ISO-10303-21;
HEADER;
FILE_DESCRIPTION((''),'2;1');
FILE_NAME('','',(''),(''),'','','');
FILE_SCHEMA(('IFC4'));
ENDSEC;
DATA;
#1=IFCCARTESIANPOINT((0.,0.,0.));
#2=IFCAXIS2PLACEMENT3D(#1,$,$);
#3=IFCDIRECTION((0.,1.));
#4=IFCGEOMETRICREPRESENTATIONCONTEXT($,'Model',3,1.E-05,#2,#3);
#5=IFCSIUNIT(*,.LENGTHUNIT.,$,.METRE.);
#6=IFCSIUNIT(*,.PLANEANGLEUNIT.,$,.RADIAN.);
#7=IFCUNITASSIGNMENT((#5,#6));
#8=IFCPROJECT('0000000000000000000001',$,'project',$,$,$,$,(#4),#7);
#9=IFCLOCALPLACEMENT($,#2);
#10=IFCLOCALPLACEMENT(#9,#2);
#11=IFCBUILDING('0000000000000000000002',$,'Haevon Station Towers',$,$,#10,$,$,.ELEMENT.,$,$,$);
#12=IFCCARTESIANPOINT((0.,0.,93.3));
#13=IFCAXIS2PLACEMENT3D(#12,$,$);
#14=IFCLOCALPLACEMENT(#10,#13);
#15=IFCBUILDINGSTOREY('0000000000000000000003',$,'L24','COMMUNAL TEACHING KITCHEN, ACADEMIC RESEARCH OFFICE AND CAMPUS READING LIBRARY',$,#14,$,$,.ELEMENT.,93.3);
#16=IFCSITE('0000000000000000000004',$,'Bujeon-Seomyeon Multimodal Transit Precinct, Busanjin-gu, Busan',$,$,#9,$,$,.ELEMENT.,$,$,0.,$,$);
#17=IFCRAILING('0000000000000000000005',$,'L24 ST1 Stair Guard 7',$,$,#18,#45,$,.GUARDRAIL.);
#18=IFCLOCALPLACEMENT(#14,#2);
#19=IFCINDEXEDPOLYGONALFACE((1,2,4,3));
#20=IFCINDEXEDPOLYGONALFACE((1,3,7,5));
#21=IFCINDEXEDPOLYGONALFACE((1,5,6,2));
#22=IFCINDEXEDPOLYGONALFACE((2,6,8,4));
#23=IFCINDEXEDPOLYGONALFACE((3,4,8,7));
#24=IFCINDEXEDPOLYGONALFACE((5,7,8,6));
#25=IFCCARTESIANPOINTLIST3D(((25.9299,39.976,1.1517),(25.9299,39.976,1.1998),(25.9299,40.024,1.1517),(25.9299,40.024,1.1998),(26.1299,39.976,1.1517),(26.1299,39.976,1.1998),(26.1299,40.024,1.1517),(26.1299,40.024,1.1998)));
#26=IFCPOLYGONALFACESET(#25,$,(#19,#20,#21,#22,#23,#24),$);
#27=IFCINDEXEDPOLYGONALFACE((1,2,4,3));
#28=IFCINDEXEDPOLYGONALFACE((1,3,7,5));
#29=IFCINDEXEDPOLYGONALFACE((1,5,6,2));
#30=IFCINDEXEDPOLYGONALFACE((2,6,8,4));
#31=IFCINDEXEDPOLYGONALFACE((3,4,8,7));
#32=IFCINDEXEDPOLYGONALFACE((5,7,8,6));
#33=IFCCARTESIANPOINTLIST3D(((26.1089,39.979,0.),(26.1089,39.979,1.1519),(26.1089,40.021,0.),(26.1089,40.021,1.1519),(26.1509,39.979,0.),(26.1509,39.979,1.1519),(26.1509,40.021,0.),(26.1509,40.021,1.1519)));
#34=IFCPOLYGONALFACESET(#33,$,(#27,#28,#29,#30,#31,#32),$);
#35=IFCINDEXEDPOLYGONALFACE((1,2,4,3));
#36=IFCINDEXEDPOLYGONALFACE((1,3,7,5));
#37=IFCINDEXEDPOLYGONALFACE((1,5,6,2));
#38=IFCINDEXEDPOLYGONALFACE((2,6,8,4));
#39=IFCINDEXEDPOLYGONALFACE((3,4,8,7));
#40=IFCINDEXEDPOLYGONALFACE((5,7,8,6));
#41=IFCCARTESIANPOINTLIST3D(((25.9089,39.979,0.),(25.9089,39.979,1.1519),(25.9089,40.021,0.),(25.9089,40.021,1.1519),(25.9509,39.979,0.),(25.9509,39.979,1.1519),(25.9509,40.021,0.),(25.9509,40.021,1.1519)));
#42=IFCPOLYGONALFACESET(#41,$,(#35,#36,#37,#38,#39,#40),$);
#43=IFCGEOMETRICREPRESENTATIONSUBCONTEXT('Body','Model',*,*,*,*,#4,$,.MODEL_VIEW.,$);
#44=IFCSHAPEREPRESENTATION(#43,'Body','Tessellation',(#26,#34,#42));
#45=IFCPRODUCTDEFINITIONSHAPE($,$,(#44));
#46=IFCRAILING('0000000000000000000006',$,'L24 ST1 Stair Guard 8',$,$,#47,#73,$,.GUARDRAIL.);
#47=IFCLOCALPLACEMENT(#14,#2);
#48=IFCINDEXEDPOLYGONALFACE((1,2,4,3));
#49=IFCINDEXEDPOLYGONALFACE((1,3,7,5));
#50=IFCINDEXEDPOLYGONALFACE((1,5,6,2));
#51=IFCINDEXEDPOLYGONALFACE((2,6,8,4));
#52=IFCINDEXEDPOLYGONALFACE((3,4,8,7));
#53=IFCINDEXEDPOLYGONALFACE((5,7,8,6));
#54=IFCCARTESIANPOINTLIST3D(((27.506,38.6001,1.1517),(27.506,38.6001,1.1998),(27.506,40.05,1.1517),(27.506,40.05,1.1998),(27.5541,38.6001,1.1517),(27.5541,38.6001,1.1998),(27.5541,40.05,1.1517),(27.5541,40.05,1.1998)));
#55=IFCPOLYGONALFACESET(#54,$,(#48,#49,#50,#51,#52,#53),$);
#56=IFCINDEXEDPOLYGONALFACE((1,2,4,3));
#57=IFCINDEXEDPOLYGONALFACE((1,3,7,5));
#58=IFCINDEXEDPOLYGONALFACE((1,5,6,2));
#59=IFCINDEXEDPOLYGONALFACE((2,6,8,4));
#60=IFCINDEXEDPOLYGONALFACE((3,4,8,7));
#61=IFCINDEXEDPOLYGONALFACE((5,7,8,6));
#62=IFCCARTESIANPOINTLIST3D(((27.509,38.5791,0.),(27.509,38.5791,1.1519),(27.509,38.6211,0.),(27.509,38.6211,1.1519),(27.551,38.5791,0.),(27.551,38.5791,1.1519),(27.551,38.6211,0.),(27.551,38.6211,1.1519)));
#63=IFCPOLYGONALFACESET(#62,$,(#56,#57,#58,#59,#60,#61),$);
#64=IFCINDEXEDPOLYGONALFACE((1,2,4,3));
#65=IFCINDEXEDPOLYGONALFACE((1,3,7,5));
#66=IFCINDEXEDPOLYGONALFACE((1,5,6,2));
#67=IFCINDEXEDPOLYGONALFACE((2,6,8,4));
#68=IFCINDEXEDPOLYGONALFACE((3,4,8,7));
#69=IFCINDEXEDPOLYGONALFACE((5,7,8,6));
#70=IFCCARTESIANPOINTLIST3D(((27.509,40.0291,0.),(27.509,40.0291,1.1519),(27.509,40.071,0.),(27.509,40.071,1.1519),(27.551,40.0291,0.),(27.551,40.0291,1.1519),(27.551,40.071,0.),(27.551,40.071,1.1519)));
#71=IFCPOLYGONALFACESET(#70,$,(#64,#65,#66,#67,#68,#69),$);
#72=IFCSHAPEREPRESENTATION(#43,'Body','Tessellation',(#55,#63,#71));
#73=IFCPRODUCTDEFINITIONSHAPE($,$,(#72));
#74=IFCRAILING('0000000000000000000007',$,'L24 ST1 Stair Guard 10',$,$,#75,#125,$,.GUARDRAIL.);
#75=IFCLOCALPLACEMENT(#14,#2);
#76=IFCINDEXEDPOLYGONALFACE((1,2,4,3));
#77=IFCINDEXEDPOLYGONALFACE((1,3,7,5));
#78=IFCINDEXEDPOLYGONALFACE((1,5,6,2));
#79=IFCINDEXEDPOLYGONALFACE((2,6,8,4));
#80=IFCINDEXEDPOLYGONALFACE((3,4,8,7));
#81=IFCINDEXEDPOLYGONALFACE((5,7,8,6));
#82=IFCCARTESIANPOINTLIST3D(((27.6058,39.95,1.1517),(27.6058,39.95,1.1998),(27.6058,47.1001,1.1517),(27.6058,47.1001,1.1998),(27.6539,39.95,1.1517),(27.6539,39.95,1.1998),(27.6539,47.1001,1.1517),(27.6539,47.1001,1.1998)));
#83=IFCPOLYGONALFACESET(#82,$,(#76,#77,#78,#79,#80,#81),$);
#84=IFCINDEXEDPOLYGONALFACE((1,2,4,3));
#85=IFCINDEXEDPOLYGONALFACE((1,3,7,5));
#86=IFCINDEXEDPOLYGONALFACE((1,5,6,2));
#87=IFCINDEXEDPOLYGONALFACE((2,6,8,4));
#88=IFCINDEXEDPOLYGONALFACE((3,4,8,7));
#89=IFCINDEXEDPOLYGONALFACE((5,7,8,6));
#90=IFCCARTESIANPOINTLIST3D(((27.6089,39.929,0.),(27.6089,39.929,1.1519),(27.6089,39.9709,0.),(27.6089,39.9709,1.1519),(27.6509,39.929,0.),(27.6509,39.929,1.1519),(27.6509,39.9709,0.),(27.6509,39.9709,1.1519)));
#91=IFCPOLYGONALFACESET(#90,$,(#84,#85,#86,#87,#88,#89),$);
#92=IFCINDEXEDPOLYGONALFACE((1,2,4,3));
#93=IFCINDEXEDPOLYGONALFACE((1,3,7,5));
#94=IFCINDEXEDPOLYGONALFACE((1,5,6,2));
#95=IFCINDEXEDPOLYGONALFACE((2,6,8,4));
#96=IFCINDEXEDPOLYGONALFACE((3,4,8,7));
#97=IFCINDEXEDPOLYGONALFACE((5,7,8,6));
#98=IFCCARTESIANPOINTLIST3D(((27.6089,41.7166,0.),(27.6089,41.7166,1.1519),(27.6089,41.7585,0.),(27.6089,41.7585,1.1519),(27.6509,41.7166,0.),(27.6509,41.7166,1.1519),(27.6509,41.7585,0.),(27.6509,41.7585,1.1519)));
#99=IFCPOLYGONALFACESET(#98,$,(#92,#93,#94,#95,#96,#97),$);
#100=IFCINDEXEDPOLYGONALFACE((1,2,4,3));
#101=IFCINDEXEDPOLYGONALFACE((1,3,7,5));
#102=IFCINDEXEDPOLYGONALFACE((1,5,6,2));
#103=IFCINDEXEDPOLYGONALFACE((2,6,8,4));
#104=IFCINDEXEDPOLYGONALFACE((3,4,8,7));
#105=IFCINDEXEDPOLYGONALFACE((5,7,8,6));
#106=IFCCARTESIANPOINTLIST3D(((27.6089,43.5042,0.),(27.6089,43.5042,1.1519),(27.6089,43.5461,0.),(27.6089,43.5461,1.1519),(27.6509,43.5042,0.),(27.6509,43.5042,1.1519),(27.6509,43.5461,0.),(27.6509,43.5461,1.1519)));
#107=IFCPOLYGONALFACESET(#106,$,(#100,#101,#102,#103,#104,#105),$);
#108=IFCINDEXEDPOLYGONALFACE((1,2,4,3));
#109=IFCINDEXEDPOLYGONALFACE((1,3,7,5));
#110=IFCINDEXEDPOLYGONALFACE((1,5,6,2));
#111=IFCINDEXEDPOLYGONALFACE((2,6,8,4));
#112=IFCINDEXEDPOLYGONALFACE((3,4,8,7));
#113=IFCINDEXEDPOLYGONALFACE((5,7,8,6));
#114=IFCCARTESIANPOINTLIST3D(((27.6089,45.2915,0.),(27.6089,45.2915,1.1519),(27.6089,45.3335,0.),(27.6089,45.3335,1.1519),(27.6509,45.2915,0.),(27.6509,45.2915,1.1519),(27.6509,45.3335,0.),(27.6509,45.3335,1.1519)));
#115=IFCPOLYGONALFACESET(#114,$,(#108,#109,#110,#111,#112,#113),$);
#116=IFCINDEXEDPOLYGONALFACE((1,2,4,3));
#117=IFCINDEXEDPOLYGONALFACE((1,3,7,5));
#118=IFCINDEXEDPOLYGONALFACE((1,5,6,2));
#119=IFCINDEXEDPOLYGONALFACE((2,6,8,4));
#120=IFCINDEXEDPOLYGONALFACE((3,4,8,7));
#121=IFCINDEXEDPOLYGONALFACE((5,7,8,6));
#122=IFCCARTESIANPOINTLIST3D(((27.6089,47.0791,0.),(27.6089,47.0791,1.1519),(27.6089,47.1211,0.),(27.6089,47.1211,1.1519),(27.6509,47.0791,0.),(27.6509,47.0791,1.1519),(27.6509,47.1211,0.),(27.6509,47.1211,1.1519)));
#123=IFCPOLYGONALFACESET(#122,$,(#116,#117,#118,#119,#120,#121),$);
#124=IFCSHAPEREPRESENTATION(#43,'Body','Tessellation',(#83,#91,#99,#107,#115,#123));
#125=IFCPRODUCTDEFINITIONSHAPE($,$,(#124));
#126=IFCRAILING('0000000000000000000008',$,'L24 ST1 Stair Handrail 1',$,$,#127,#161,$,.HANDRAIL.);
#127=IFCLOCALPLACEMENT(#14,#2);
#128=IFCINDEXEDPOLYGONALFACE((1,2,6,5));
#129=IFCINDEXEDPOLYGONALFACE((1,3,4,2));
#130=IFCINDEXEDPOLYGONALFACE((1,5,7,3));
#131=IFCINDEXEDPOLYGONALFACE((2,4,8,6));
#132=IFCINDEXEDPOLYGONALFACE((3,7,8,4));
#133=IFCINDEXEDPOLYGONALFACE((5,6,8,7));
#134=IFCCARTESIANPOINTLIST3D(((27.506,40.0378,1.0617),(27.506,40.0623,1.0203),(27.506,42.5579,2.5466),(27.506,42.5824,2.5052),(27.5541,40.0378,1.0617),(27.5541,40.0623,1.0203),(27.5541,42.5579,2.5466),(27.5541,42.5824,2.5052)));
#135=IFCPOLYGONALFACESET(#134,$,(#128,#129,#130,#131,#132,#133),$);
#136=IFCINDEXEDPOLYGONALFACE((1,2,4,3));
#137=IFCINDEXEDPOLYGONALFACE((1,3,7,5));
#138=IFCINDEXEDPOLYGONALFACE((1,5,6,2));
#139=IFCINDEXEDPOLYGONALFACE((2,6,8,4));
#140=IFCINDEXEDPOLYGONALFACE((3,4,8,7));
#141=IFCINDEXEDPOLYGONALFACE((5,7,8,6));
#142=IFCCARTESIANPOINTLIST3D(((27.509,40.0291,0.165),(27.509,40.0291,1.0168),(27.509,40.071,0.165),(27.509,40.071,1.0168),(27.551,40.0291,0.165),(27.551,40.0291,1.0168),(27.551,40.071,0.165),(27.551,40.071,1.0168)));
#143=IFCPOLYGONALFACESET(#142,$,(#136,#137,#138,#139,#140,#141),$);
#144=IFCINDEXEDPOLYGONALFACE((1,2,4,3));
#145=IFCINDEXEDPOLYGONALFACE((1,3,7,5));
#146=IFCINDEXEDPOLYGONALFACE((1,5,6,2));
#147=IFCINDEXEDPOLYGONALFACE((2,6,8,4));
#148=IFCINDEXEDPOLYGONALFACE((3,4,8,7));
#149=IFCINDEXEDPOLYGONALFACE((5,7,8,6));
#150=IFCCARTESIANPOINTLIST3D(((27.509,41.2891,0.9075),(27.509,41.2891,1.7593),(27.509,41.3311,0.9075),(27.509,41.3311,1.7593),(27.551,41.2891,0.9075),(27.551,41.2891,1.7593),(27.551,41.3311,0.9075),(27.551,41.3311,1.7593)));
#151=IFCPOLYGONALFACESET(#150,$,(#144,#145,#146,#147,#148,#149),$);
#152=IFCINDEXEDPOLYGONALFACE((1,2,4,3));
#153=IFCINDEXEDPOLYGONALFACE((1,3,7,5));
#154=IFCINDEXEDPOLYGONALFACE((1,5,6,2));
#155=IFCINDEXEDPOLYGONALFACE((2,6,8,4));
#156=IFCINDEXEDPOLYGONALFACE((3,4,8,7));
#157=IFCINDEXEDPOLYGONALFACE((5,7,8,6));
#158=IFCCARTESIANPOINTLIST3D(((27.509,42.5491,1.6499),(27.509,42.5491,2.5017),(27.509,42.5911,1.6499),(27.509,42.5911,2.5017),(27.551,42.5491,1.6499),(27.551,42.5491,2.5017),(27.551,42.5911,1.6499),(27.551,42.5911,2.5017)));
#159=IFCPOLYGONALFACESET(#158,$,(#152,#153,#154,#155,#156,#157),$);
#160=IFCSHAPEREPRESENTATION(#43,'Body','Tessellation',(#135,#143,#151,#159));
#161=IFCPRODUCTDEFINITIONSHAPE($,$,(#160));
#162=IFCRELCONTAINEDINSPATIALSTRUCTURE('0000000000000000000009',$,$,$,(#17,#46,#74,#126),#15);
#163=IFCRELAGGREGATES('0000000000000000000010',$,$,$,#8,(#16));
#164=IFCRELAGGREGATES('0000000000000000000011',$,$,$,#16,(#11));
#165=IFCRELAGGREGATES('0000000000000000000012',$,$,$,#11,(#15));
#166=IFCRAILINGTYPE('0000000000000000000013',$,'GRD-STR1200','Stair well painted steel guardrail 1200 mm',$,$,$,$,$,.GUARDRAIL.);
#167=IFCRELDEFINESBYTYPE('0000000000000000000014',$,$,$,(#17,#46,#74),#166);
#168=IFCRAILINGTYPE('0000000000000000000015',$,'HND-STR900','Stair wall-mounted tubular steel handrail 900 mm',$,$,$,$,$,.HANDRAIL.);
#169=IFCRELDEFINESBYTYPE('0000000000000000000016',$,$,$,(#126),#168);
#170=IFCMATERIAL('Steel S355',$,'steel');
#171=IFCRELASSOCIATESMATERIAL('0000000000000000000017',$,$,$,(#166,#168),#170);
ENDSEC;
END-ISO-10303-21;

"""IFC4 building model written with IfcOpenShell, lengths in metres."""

from ifc_helpers import new_model, si_unit, direction, frame, origin, origin_2d, place, context, subcontext, project, spatial, rectangle, extrude, material, type_object, element, save


model = new_model("IFC4")

# Units and contexts
model_context = context("Model", 3, precision=1e-05, world=origin(), true_north=direction((0.0, 1.0)))
body_context = subcontext(model_context, "Body", "Model", "MODEL_VIEW")
ifc_project = project(units=[si_unit("LENGTHUNIT", "METRE"), si_unit("PLANEANGLEUNIT", "RADIAN")], contexts=[model_context])

# Site, building, storey
site_placement = place(None, origin())
site = spatial("IfcSite", under=ifc_project, at=site_placement, Name="Bujeon-Seomyeon Multimodal Transit Precinct, Busanjin-gu, Busan", CompositionType="ELEMENT", RefElevation=0.0)
building_placement = place(site_placement, origin())
building = spatial("IfcBuilding", under=site, at=building_placement, Name="Haevon Station Towers", CompositionType="ELEMENT")
storey_placement = place(building_placement, frame((0.0, 0.0, 93.3)))
storey = spatial("IfcBuildingStorey", under=building, at=storey_placement, Name="L24", Description="COMMUNAL TEACHING KITCHEN, ACADEMIC RESEARCH OFFICE AND CAMPUS READING LIBRARY", CompositionType="ELEMENT", Elevation=93.3)

# Shared definitions
ifc_material_1 = material(Name="Steel S355", Category="steel")

# Railings
railing_type_1 = type_object("IfcRailingType", Name="GRD-STR1200", Description="Stair well painted steel guardrail 1200 mm", PredefinedType="GUARDRAIL", material=ifc_material_1)
railing_1_placement = place(storey_placement, frame((26.1299, 40.0, 0.0)))
element("IfcRailing", 1, at=railing_1_placement, inside=storey, type_object=railing_type_1, Name="L24 ST1 Stair Guard 7", PredefinedType="GUARDRAIL", context=body_context, shape_type="SweptSolid", body=[
    extrude(rectangle(XDim=0.0481, YDim=0.0481, at=origin_2d()), frame((0.0, 0.0, 1.1758), z_axis=(-1.0, 0.0, 0.0), x_axis=(0.0, -1.0, 0.0)), (0.0, 0.0, 1.0), 0.2),
    extrude(rectangle(XDim=0.042, YDim=0.042, at=origin_2d()), origin(), (0.0, 0.0, 1.0), 1.1519),
    extrude(rectangle(XDim=0.042, YDim=0.042, at=origin_2d()), frame((-0.2, 0.0, 0.0)), (0.0, 0.0, 1.0), 1.1519),
])
railing_2_placement = place(storey_placement, frame((27.53, 38.6001, 0.0)))
element("IfcRailing", 2, at=railing_2_placement, inside=storey, type_object=railing_type_1, Name="L24 ST1 Stair Guard 8", PredefinedType="GUARDRAIL", context=body_context, shape_type="SweptSolid", body=[
    extrude(rectangle(XDim=0.0481, YDim=0.0481, at=origin_2d()), frame((0.0, 0.0, 1.1758), z_axis=(0.0, 1.0, 0.0), x_axis=(-1.0, 0.0, 0.0)), (0.0, 0.0, 1.0), 1.45),
    extrude(rectangle(XDim=0.042, YDim=0.042, at=origin_2d()), origin(), (0.0, 0.0, 1.0), 1.1519),
    extrude(rectangle(XDim=0.042, YDim=0.042, at=origin_2d()), frame((0.0, 1.45, 0.0)), (0.0, 0.0, 1.0), 1.1519),
])
railing_3_placement = place(storey_placement, frame((27.6299, 39.95, 0.0)))
element("IfcRailing", 3, at=railing_3_placement, inside=storey, type_object=railing_type_1, Name="L24 ST1 Stair Guard 10", PredefinedType="GUARDRAIL", context=body_context, shape_type="SweptSolid", body=[
    extrude(rectangle(XDim=0.0481, YDim=0.0481, at=origin_2d()), frame((0.0, 0.0, 1.1758), z_axis=(0.0, 1.0, 0.0), x_axis=(-1.0, 0.0, 0.0)), (0.0, 0.0, 1.0), 7.1501),
    extrude(rectangle(XDim=0.042, YDim=0.042, at=origin_2d()), origin(), (0.0, 0.0, 1.0), 1.1519),
    extrude(rectangle(XDim=0.042, YDim=0.042, at=origin_2d()), frame((0.0, 1.7876, 0.0)), (0.0, 0.0, 1.0), 1.1519),
    extrude(rectangle(XDim=0.042, YDim=0.042, at=origin_2d()), frame((0.0, 3.5752, 0.0)), (0.0, 0.0, 1.0), 1.1519),
    extrude(rectangle(XDim=0.042, YDim=0.042, at=origin_2d()), frame((0.0, 5.3625, 0.0)), (0.0, 0.0, 1.0), 1.1519),
    extrude(rectangle(XDim=0.042, YDim=0.042, at=origin_2d()), frame((0.0, 7.1501, 0.0)), (0.0, 0.0, 1.0), 1.1519),
])
railing_type_2 = type_object("IfcRailingType", Name="HND-STR900", Description="Stair wall-mounted tubular steel handrail 900 mm", PredefinedType="HANDRAIL", material=ifc_material_1)
railing_4_placement = place(storey_placement, frame((27.53, 40.05, 0.165)))
element("IfcRailing", 4, at=railing_4_placement, inside=storey, type_object=railing_type_2, Name="L24 ST1 Stair Handrail 1", PredefinedType="HANDRAIL", context=body_context, shape_type="SweptSolid", body=[
    extrude(rectangle(XDim=0.0481, YDim=0.0481, at=origin_2d()), frame((0.0, 0.0, 0.876), z_axis=(0.0, 0.861561, 0.507655), x_axis=(-1.0, 0.0, 0.0)), (0.0, 0.0, 1.0), 2.925),
    extrude(rectangle(XDim=0.042, YDim=0.042, at=origin_2d()), origin(), (0.0, 0.0, 1.0), 0.8518),
    extrude(rectangle(XDim=0.042, YDim=0.042, at=origin_2d()), frame((0.0, 1.26, 0.7424)), (0.0, 0.0, 1.0), 0.8518),
    extrude(rectangle(XDim=0.042, YDim=0.042, at=origin_2d()), frame((0.0, 2.52, 1.4849)), (0.0, 0.0, 1.0), 0.8518),
])

save(model, "model.ifc")
